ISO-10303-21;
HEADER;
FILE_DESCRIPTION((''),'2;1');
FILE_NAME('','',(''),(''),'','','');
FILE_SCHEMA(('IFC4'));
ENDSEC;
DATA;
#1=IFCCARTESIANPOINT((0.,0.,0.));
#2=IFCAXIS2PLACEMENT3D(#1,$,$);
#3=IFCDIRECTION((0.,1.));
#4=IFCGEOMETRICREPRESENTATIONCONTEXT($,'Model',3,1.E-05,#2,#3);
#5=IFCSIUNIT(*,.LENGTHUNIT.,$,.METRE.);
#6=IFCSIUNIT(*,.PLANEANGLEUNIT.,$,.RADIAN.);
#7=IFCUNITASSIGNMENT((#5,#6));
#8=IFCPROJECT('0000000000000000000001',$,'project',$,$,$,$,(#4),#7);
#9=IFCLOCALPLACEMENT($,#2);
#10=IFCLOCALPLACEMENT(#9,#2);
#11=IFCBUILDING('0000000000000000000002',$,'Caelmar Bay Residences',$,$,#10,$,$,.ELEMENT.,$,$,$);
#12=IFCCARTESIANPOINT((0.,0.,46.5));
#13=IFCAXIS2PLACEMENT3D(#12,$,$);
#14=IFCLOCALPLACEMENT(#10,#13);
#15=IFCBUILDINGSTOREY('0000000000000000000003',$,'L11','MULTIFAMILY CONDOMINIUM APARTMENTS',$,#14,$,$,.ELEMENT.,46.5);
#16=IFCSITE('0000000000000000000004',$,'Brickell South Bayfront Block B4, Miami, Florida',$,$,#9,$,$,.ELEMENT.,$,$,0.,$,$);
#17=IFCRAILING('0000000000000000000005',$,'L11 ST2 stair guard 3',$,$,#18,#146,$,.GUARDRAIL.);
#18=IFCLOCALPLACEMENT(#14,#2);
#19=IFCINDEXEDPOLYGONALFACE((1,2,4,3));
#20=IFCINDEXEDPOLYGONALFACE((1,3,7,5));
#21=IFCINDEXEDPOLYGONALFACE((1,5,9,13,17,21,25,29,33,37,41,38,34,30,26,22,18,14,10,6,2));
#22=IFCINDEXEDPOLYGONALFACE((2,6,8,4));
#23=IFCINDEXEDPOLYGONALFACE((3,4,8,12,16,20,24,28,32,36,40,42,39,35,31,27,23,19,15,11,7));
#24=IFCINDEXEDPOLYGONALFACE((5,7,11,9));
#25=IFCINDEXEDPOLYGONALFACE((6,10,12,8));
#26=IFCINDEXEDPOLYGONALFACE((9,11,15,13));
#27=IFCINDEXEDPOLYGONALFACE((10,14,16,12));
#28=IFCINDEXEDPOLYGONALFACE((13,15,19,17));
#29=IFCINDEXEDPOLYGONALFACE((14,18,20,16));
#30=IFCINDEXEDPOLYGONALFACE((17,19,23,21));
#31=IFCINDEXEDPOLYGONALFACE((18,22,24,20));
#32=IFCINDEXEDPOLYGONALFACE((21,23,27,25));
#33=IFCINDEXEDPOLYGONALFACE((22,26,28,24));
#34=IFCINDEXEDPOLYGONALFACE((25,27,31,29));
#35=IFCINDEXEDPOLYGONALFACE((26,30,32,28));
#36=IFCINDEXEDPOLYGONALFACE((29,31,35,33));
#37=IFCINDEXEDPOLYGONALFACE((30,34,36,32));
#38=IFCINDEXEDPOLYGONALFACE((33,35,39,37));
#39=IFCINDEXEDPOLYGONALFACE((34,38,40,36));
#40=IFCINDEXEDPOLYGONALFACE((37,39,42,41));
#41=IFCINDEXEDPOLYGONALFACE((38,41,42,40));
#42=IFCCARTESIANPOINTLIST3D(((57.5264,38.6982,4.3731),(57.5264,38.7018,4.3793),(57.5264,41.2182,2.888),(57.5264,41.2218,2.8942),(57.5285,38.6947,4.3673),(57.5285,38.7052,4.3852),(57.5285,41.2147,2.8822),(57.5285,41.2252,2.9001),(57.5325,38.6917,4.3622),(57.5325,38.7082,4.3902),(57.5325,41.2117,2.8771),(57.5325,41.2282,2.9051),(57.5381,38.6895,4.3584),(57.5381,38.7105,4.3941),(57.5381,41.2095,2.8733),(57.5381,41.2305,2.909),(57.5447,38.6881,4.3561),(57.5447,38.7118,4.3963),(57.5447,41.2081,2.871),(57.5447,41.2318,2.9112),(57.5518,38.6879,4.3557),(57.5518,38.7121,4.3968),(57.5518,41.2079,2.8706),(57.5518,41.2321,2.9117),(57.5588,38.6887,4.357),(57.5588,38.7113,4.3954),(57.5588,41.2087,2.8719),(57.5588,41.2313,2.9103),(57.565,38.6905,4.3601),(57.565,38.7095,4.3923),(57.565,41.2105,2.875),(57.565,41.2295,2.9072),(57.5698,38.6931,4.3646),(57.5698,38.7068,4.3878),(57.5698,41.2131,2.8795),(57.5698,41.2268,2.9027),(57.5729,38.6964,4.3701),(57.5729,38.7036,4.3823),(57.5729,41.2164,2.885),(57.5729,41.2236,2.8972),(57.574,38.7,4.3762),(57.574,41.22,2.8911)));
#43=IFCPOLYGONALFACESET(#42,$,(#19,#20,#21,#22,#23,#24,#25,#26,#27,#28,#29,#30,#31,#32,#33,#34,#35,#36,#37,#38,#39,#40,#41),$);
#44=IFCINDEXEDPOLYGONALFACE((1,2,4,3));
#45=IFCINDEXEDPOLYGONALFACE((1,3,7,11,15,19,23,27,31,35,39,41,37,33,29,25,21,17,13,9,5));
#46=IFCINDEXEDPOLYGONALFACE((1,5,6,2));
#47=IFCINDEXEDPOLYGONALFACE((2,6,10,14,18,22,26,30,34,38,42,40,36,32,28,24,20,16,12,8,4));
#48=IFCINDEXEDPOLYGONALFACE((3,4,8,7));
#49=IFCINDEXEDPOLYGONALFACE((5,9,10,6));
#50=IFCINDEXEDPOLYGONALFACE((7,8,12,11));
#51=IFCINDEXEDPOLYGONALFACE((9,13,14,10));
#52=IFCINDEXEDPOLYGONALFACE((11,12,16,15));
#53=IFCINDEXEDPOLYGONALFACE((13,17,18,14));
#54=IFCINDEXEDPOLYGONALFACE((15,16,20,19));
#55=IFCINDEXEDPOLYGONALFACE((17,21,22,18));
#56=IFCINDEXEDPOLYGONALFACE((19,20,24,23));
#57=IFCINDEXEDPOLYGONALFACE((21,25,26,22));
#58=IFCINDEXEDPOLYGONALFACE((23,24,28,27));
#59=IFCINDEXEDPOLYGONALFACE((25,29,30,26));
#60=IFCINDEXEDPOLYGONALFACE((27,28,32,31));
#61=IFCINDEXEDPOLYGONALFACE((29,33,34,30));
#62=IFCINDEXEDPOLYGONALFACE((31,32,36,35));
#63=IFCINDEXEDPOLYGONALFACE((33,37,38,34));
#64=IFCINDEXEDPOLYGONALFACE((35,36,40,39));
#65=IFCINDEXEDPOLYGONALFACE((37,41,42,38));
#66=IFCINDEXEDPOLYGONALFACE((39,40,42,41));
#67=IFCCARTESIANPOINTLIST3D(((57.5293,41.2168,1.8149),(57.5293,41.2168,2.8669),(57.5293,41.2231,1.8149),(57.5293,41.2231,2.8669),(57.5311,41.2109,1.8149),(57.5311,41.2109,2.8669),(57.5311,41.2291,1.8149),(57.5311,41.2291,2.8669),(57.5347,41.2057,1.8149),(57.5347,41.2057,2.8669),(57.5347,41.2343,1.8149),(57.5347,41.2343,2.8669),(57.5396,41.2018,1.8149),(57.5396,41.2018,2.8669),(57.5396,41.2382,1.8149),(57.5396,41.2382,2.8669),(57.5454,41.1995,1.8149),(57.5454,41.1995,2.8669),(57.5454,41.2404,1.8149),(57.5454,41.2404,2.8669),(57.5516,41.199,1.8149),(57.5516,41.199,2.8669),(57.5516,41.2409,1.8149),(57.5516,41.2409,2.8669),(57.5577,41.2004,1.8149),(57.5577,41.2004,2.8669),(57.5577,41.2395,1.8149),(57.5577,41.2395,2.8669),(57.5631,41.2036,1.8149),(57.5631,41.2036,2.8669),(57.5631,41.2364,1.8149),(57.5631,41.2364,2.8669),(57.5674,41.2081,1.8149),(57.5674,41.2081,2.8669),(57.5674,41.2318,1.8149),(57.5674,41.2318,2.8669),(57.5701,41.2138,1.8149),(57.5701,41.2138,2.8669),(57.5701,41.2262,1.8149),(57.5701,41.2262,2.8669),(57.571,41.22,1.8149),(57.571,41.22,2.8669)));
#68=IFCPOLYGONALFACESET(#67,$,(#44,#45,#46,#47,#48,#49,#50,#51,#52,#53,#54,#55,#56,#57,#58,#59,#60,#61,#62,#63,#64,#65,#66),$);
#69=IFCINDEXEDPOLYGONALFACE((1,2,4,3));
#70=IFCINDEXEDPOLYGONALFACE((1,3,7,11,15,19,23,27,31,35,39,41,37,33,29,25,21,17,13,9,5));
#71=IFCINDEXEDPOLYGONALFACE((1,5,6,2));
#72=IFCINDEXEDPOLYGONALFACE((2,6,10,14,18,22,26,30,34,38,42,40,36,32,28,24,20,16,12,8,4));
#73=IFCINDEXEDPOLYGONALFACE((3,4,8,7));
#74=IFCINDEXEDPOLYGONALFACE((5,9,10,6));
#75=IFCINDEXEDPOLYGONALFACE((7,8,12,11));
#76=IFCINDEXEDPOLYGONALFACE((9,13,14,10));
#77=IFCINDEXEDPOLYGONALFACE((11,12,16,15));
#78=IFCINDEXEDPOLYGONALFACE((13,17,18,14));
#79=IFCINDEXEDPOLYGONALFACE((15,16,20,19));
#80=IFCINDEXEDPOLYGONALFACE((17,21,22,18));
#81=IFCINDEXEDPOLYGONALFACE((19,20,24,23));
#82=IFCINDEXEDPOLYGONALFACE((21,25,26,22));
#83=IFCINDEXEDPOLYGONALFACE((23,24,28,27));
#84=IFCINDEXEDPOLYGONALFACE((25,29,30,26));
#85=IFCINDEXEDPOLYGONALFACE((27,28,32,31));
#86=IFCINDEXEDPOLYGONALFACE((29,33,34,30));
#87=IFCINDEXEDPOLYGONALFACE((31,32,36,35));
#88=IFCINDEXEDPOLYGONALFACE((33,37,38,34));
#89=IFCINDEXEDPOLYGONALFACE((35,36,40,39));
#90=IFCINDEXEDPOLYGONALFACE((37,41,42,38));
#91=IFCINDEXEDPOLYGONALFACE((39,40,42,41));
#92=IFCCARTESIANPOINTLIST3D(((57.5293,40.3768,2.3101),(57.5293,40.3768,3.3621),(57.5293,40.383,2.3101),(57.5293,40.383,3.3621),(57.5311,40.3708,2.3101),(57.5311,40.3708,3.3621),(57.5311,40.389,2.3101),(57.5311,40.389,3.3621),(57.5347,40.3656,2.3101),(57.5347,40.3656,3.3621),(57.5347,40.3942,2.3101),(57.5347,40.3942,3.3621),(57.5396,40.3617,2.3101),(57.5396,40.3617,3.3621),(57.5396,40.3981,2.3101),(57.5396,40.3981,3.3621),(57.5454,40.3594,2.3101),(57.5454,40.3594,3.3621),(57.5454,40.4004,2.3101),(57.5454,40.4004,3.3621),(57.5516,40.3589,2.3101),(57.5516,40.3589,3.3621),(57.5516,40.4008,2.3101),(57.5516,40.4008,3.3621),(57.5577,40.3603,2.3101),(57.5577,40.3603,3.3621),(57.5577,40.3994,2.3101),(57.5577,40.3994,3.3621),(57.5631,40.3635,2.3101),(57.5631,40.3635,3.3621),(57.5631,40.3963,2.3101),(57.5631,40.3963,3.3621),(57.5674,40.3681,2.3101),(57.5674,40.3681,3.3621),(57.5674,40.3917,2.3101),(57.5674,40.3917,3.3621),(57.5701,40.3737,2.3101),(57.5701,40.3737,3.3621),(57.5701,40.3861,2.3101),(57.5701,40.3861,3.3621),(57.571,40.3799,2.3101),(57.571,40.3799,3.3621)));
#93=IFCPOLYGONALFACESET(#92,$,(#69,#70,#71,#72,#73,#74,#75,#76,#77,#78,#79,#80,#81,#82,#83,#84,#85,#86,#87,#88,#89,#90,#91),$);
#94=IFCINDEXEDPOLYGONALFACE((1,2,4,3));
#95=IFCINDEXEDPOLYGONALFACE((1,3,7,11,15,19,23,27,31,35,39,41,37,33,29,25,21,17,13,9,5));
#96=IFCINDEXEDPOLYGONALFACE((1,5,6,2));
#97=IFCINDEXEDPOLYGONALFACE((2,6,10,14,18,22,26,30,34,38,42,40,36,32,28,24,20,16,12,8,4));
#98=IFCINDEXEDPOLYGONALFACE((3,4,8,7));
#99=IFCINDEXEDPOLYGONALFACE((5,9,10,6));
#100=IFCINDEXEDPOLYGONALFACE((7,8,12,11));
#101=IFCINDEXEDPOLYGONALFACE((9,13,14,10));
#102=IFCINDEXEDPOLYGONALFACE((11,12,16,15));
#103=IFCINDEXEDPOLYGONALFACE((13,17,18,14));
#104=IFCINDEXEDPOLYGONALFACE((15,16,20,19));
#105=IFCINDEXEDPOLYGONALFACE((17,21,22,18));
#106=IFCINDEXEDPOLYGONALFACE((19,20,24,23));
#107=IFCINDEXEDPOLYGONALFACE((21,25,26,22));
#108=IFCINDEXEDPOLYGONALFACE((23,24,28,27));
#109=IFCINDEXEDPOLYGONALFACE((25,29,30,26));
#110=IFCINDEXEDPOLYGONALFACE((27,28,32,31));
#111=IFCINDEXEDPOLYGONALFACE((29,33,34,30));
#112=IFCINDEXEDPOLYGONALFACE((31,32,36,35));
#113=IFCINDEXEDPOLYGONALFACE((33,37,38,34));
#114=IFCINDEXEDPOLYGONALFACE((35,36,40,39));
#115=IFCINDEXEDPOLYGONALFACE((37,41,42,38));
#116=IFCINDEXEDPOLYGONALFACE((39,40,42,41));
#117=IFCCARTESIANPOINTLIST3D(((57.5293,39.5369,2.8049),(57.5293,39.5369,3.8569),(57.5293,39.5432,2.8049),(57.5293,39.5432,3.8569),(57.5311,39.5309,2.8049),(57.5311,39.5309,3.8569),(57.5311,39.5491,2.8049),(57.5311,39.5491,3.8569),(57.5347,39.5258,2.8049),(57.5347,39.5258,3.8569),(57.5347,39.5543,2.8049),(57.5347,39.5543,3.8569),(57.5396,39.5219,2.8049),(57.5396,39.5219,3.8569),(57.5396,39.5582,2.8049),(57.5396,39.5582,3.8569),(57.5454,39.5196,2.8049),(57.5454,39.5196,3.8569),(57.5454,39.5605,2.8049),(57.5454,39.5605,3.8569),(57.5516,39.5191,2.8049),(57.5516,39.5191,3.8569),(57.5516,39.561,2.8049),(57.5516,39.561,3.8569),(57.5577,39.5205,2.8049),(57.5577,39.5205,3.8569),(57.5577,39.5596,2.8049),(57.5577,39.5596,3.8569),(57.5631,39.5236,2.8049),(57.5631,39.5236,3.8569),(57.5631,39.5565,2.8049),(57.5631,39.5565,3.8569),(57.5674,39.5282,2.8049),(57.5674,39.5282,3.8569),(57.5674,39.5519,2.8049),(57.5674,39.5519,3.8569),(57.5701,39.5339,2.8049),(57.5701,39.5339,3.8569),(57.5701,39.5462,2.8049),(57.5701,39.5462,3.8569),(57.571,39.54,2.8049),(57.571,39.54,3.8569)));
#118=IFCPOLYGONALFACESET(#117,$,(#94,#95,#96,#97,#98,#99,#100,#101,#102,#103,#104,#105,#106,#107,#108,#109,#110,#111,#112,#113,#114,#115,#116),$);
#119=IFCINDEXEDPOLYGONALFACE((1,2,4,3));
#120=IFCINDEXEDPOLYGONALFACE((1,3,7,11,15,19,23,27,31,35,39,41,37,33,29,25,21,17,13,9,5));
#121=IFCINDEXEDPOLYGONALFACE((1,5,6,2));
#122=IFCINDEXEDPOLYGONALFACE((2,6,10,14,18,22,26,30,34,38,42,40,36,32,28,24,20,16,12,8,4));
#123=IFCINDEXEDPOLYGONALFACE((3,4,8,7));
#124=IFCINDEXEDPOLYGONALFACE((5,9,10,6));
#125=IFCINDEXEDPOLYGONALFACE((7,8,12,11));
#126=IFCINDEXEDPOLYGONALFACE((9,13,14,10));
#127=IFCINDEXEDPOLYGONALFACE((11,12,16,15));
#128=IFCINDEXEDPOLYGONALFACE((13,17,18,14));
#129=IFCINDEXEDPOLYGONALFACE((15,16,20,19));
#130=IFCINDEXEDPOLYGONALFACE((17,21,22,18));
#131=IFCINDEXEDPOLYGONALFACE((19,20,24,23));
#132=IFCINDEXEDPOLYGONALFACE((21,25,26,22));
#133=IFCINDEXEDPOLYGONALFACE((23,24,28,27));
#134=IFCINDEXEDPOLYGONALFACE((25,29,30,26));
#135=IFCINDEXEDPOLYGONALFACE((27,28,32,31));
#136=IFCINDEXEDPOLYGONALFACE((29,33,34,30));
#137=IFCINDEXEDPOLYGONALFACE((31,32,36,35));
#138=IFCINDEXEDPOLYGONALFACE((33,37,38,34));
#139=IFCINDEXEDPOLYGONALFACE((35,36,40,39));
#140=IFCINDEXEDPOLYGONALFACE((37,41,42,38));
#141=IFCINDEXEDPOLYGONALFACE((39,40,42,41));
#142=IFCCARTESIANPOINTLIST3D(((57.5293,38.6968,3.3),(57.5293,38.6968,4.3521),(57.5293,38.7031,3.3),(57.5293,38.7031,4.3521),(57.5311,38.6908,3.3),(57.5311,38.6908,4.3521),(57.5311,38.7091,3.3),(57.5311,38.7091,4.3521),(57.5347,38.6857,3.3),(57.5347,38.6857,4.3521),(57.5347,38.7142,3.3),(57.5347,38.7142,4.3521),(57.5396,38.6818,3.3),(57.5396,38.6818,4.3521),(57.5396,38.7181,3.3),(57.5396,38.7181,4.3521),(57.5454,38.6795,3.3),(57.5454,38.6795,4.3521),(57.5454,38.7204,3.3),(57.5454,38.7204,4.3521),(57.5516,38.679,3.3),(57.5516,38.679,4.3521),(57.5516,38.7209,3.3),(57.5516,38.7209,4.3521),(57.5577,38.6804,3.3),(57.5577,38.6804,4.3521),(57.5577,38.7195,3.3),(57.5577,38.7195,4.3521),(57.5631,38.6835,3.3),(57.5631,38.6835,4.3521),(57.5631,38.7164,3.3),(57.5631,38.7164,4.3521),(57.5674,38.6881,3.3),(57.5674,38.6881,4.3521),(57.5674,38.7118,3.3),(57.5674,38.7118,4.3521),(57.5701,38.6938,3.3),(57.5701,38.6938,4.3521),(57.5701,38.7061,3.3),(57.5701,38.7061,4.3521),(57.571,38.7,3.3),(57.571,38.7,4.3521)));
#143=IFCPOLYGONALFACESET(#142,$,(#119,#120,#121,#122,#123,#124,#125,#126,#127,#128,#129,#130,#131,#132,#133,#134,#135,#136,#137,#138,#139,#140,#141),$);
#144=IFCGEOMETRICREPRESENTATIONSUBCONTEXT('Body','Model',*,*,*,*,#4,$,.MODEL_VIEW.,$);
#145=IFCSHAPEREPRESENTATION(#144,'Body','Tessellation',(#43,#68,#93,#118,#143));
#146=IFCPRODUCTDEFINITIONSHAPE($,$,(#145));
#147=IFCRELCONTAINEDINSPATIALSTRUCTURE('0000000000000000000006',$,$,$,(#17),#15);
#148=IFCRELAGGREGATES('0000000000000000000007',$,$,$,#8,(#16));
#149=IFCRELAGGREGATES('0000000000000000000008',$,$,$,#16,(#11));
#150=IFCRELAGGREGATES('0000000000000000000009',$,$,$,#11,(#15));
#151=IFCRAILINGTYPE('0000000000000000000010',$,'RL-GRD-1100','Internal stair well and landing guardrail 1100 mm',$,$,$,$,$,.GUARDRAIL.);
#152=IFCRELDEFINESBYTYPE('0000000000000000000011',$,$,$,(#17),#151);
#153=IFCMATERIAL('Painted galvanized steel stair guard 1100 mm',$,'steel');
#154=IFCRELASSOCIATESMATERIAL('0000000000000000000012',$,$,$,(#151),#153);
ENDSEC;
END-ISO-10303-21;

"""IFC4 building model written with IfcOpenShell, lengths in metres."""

from ifc_helpers import new_model, si_unit, direction, frame, origin, origin_2d, place, context, subcontext, project, spatial, circle, extrude, material, type_object, element, save


model = new_model("IFC4")

# Units and contexts
model_context = context("Model", 3, precision=1e-05, world=origin(), true_north=direction((0.0, 1.0)))
body_context = subcontext(model_context, "Body", "Model", "MODEL_VIEW")
ifc_project = project(units=[si_unit("LENGTHUNIT", "METRE"), si_unit("PLANEANGLEUNIT", "RADIAN")], contexts=[model_context])

# Site, building, storey
site_placement = place(None, origin())
site = spatial("IfcSite", under=ifc_project, at=site_placement, Name="Brickell South Bayfront Block B4, Miami, Florida", CompositionType="ELEMENT", RefElevation=0.0)
building_placement = place(site_placement, origin())
building = spatial("IfcBuilding", under=site, at=building_placement, Name="Caelmar Bay Residences", CompositionType="ELEMENT")
storey_placement = place(building_placement, frame((0.0, 0.0, 46.5)))
storey = spatial("IfcBuildingStorey", under=building, at=storey_placement, Name="L11", Description="MULTIFAMILY CONDOMINIUM APARTMENTS", CompositionType="ELEMENT", Elevation=46.5)

# Railing
ifc_material_1 = material(Name="Painted galvanized steel stair guard 1100 mm", Category="steel")
railing_type_1 = type_object("IfcRailingType", Name="RL-GRD-1100", Description="Internal stair well and landing guardrail 1100 mm", PredefinedType="GUARDRAIL", material=ifc_material_1)
railing_1_placement = place(storey_placement, frame((57.55, 41.22, 1.8149)))
element("IfcRailing", 1, at=railing_1_placement, inside=storey, type_object=railing_type_1, Name="L11 ST2 stair guard 3", PredefinedType="GUARDRAIL", context=body_context, shape_type="SweptSolid", body=[
    extrude(circle(Radius=0.0239, at=origin_2d()), frame((0.0, 0.0, 1.0762), z_axis=(0.0, -0.861524, 0.507717), x_axis=(1.0, 0.0, 0.0)), (0.0, 0.0, 1.0), 2.925),
    extrude(circle(Radius=0.021, at=origin_2d()), origin(), (0.0, 0.0, 1.0), 1.052),
    extrude(circle(Radius=0.021, at=origin_2d()), frame((0.0, -0.8401, 0.4951)), (0.0, 0.0, 1.0), 1.052),
    extrude(circle(Radius=0.021, at=origin_2d()), frame((0.0, -1.6799, 0.99)), (0.0, 0.0, 1.0), 1.052),
    extrude(circle(Radius=0.021, at=origin_2d()), frame((0.0, -2.52, 1.4851)), (0.0, 0.0, 1.0), 1.052),
])

save(model, "model.ifc")
